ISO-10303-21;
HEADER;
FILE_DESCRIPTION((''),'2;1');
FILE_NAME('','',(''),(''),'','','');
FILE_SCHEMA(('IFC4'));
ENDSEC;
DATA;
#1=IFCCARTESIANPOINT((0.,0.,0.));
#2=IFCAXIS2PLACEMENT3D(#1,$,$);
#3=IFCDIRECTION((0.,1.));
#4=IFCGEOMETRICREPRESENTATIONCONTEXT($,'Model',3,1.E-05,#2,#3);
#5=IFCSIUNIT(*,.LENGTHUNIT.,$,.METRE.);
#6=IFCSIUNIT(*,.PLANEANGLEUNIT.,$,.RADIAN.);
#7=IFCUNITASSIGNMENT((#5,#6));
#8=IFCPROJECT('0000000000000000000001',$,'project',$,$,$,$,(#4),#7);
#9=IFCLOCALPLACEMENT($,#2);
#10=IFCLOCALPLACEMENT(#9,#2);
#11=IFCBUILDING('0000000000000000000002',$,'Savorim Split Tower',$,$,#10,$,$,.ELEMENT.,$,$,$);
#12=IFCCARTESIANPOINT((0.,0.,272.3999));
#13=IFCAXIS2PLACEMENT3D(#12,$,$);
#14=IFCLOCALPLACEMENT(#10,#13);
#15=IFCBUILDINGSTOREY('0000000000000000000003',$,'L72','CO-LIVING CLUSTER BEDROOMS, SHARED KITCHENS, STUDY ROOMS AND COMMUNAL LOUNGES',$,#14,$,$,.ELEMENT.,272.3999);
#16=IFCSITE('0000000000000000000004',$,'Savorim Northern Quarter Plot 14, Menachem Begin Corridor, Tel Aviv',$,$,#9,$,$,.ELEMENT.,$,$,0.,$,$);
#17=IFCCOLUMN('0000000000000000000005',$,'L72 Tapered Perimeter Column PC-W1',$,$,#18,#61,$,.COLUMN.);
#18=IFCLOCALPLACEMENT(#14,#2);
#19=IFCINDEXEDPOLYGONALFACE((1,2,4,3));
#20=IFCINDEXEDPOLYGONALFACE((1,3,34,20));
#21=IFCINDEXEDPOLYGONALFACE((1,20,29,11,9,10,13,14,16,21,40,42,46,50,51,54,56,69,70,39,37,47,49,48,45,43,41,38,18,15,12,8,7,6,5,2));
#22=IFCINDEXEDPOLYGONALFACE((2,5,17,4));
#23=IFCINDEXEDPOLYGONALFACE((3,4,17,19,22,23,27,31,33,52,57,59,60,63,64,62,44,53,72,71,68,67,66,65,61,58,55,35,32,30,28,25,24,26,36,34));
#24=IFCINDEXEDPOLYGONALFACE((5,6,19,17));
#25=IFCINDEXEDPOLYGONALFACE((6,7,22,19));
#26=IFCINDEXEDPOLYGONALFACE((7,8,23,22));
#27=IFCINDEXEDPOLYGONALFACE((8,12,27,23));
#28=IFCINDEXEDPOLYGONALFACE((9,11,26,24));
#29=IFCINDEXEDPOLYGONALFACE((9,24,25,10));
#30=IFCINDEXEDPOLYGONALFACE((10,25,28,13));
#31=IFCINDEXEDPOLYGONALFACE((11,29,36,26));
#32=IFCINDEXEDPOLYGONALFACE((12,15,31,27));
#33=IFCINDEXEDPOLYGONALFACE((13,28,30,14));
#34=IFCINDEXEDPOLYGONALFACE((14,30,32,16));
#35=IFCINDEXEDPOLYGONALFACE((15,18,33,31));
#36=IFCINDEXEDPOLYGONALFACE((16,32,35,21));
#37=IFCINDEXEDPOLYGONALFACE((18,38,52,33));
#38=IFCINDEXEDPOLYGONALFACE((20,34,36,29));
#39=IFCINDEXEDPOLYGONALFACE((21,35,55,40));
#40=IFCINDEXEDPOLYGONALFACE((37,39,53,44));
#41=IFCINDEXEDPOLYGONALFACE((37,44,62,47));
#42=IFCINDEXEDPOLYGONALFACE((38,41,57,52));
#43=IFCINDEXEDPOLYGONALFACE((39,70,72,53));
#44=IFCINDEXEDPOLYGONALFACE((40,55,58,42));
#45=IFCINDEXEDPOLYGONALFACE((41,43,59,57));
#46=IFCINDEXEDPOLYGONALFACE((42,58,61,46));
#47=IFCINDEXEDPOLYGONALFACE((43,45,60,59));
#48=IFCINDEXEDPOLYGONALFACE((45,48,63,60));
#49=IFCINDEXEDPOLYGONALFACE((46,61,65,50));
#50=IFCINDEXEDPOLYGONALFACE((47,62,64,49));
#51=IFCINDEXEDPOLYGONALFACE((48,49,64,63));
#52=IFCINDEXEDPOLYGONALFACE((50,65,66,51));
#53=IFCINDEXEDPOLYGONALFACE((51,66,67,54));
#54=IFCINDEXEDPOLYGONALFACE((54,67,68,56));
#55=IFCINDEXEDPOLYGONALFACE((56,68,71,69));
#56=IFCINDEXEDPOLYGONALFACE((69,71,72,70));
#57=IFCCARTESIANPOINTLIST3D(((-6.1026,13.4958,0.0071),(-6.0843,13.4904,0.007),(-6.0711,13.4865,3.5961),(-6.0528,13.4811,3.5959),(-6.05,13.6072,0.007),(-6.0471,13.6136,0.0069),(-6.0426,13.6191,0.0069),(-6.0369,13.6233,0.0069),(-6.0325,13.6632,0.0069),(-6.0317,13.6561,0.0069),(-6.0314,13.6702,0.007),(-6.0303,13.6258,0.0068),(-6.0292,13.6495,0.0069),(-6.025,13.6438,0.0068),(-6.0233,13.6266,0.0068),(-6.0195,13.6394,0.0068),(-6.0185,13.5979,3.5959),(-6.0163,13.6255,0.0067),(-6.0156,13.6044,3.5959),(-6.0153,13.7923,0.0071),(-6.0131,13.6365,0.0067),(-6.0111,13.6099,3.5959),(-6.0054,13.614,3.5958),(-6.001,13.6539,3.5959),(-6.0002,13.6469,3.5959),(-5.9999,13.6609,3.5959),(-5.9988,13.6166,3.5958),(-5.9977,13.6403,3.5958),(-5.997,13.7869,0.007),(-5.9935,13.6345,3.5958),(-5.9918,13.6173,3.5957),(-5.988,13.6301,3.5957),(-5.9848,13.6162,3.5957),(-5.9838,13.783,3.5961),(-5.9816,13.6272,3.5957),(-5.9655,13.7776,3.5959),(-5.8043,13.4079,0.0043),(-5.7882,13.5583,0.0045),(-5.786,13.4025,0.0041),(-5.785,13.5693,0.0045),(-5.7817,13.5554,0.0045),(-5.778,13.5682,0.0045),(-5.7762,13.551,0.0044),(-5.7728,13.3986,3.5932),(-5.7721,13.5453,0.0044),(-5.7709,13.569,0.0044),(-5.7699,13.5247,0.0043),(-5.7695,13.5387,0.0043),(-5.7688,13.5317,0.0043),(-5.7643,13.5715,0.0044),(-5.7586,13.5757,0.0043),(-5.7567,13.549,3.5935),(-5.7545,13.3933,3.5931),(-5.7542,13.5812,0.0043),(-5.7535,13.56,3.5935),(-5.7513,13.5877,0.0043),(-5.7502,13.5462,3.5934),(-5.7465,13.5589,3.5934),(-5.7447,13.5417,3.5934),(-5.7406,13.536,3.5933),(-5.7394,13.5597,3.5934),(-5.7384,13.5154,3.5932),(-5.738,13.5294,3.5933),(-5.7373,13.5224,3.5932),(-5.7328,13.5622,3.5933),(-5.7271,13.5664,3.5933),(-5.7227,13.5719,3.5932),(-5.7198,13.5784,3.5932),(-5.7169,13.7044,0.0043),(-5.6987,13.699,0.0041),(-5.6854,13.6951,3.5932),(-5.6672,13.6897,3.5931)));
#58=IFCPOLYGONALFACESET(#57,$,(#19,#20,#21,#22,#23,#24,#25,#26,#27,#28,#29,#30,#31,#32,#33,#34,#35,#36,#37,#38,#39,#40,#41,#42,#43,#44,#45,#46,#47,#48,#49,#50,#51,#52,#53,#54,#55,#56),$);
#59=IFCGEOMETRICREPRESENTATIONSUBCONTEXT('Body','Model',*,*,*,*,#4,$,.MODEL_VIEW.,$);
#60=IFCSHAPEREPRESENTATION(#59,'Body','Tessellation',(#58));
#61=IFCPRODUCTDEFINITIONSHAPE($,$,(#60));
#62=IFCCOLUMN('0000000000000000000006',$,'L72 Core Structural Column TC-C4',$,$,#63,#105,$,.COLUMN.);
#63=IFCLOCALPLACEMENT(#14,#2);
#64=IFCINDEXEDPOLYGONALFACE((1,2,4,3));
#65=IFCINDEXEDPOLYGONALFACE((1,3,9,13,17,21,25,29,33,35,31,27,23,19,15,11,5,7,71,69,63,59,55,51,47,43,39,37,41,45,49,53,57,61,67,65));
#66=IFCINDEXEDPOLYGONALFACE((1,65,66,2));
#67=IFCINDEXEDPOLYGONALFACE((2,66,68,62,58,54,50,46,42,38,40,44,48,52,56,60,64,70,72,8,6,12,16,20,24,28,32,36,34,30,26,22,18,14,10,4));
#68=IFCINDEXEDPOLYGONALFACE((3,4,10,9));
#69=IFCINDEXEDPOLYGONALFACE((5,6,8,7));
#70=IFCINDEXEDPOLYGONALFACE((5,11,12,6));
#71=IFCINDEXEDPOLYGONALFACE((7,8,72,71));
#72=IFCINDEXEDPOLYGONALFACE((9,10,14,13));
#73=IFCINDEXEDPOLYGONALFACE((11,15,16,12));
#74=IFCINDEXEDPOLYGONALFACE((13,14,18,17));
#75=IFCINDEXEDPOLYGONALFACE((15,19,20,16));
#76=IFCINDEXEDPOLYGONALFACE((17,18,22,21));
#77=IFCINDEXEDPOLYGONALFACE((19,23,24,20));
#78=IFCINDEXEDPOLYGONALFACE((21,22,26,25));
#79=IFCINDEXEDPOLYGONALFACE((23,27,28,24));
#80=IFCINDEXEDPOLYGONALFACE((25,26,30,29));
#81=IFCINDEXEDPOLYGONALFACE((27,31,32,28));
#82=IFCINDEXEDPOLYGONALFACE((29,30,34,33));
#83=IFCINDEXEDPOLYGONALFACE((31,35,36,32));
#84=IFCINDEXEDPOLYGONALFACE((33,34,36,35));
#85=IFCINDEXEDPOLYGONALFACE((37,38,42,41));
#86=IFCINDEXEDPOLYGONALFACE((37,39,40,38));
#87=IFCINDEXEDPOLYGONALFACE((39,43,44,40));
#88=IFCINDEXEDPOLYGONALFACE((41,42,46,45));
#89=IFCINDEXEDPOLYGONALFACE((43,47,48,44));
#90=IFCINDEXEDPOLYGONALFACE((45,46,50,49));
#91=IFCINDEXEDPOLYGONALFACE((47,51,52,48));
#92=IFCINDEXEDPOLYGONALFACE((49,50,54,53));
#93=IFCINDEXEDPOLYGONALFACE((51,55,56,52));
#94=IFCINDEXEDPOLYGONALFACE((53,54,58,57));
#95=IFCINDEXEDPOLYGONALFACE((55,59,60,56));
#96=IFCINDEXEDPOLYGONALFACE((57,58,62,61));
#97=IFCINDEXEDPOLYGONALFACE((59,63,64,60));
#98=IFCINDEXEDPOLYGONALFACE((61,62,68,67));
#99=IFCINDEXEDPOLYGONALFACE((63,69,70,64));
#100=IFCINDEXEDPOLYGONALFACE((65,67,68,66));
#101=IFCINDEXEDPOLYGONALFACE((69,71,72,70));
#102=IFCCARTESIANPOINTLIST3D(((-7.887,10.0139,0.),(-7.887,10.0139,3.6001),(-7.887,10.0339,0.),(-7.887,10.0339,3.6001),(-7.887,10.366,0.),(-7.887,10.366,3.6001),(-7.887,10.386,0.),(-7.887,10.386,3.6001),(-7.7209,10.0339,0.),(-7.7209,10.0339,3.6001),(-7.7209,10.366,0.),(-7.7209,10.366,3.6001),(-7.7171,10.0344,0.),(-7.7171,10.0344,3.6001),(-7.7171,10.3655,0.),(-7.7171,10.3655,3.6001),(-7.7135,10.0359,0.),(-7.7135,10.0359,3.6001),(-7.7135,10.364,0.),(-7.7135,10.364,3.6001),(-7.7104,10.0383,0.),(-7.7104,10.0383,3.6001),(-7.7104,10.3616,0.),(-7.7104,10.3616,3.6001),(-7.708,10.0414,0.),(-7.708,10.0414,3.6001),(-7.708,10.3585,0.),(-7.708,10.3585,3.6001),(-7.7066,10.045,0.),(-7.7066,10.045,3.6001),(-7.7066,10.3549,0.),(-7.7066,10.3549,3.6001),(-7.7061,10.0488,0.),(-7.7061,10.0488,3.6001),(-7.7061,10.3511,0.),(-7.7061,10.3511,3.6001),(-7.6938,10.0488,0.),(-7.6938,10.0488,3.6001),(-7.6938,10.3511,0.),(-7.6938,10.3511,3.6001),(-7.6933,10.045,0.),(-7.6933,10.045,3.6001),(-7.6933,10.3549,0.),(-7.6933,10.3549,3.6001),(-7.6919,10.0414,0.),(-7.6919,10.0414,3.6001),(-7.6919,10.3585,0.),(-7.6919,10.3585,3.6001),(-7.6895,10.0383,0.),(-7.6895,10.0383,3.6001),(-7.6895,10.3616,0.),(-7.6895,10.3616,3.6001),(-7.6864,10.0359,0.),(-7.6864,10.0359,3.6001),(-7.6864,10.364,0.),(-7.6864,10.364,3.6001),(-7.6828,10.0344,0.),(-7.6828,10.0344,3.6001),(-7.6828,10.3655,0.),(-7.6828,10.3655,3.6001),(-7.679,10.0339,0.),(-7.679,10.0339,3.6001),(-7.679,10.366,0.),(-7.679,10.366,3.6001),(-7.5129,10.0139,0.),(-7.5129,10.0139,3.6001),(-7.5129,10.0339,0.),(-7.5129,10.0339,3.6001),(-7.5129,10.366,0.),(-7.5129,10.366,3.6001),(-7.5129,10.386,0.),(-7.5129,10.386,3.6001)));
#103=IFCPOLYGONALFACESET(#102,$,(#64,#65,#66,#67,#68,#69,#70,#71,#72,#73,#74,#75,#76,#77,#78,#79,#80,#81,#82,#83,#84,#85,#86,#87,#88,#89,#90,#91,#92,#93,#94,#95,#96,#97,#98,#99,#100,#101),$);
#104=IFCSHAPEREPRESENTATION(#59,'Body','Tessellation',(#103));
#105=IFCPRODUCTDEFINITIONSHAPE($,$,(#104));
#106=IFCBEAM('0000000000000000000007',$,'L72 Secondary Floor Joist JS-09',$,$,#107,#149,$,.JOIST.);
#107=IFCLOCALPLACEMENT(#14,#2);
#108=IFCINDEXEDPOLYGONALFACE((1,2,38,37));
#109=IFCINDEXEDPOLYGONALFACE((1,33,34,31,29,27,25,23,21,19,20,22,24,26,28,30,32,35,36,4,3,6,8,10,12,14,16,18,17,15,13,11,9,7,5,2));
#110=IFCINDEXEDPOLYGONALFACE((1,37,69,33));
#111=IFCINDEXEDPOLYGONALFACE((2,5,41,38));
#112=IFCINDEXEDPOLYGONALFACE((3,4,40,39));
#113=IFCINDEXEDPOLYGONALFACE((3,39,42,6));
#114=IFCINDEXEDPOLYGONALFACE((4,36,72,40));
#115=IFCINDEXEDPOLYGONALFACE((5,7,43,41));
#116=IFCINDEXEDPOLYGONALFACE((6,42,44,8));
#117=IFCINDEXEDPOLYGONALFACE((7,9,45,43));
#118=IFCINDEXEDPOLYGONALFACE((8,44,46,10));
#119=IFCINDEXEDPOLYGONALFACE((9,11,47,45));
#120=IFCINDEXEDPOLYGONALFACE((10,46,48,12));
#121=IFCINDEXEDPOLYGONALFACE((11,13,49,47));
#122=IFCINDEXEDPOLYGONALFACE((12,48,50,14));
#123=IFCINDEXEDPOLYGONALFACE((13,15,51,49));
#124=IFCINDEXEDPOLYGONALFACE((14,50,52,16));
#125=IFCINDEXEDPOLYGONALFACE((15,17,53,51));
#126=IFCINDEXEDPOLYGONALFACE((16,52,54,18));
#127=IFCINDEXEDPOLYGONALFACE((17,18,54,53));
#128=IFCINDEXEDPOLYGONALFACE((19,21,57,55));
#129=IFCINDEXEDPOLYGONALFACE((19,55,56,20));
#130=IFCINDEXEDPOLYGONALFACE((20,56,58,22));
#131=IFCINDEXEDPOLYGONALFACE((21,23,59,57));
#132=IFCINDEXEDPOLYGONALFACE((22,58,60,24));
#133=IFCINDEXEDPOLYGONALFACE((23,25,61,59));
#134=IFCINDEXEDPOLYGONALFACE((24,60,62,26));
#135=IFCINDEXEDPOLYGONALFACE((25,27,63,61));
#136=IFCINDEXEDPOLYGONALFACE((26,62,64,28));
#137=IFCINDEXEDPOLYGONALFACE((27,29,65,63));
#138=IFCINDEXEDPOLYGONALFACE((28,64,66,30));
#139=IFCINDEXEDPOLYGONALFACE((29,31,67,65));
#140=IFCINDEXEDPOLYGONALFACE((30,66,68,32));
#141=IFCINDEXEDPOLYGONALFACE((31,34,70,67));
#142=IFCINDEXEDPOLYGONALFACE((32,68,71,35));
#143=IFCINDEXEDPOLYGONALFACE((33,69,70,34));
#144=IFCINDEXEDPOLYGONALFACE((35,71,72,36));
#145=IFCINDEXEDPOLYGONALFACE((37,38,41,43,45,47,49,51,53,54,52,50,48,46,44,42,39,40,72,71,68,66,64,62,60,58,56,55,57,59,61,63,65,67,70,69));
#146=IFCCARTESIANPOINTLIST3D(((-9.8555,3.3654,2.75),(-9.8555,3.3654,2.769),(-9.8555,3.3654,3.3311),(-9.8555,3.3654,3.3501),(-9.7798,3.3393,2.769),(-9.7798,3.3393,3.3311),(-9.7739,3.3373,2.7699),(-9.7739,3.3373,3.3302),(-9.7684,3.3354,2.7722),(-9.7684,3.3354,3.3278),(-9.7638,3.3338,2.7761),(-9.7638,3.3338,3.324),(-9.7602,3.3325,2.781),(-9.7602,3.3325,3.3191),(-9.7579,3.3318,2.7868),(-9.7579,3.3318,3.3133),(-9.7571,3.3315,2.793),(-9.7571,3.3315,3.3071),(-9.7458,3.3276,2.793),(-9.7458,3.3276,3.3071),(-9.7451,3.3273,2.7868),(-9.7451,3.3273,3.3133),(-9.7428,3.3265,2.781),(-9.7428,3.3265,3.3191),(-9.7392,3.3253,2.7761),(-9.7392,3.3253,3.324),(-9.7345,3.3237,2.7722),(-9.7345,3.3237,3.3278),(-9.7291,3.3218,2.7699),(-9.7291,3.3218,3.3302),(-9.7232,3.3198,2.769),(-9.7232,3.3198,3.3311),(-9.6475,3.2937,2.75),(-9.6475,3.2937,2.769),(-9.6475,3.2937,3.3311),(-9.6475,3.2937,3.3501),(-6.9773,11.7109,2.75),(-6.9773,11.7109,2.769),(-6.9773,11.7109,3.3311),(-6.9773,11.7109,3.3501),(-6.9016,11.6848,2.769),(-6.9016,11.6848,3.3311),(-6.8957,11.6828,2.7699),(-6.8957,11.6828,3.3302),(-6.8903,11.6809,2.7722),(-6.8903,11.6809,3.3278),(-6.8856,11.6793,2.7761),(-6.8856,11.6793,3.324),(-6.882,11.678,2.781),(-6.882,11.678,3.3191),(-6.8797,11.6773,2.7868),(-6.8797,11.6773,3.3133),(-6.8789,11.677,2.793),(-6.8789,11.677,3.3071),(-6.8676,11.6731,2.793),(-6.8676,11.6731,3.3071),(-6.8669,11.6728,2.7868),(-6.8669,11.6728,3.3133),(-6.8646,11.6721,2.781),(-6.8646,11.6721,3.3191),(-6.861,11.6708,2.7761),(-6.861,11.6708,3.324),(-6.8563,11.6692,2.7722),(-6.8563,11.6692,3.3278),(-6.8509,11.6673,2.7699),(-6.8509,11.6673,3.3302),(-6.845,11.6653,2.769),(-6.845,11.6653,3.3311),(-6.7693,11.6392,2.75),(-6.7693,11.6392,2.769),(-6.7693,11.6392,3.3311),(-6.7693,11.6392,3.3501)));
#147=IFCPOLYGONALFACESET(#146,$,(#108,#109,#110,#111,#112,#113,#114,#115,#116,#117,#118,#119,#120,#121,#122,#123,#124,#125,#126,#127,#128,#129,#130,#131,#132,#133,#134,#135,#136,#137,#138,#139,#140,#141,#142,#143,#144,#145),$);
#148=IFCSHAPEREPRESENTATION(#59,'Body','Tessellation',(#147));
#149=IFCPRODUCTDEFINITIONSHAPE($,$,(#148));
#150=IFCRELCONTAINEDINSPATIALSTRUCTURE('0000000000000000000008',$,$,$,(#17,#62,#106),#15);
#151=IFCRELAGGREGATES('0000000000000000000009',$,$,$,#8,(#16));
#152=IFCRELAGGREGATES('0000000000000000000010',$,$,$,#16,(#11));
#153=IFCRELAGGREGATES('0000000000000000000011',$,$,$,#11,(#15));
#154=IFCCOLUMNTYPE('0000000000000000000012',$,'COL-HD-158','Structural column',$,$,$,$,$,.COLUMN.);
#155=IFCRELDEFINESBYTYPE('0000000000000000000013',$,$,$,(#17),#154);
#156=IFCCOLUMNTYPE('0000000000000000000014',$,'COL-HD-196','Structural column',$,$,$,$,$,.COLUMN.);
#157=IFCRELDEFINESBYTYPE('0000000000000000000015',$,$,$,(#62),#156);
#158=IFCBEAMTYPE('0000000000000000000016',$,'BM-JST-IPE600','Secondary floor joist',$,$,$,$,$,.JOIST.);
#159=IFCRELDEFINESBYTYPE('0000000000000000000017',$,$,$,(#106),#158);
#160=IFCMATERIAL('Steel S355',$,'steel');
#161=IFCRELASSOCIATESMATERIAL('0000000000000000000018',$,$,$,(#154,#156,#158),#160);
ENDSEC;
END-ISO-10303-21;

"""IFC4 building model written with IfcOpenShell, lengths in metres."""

from ifc_helpers import new_model, si_unit, direction, frame, origin, origin_2d, place, context, subcontext, project, spatial, i_section, extrude, material, material_profile, profile_set, type_object, element, save


model = new_model("IFC4")

# Units and contexts
model_context = context("Model", 3, precision=1e-05, world=origin(), true_north=direction((0.0, 1.0)))
body_context = subcontext(model_context, "Body", "Model", "MODEL_VIEW")
ifc_project = project(units=[si_unit("LENGTHUNIT", "METRE"), si_unit("PLANEANGLEUNIT", "RADIAN")], contexts=[model_context])

# Site, building, storey
site_placement = place(None, origin())
site = spatial("IfcSite", under=ifc_project, at=site_placement, Name="Savorim Northern Quarter Plot 14, Menachem Begin Corridor, Tel Aviv", CompositionType="ELEMENT", RefElevation=0.0)
building_placement = place(site_placement, origin())
building = spatial("IfcBuilding", under=site, at=building_placement, Name="Savorim Split Tower", CompositionType="ELEMENT")
storey_placement = place(building_placement, frame((0.0, 0.0, 272.3999)))
storey = spatial("IfcBuildingStorey", under=building, at=storey_placement, Name="L72", Description="CO-LIVING CLUSTER BEDROOMS, SHARED KITCHENS, STUDY ROOMS AND COMMUNAL LOUNGES", CompositionType="ELEMENT", Elevation=272.3999)

# Columns
ifc_material_1 = material(Name="Steel S355", Category="steel")
ifc_material_profile_1 = material_profile(ifc_material_1, i_section(OverallWidth=0.3091, OverallDepth=0.3301, WebThickness=0.0115, FlangeThickness=0.019, FilletRadius=0.0271, at=origin_2d()), Name="HD 320x158")
ifc_profile_set_1 = profile_set([ifc_material_profile_1], Name="Steel S355")
column_type_1 = type_object("IfcColumnType", Name="COL-HD-158", Description="Structural column", PredefinedType="COLUMN", material=ifc_profile_set_1)
column_1_placement = place(storey_placement, frame((-5.9006, 13.5974, 0.0056), z_axis=(0.008775, -0.002585, 0.999958), x_axis=(0.282569, 0.959247, 0.0)))
element("IfcColumn", 1, at=column_1_placement, inside=storey, type_object=column_type_1, Name="L72 Tapered Perimeter Column PC-W1", PredefinedType="COLUMN", context=body_context, shape_type="SweptSolid", body=[
    extrude(i_section(OverallWidth=0.3091, OverallDepth=0.3301, WebThickness=0.0115, FlangeThickness=0.019, FilletRadius=0.0271, at=origin_2d()), origin(), (0.0, 0.0, 1.0), 3.5891),
])
ifc_material_profile_2 = material_profile(ifc_material_1, i_section(OverallWidth=0.374, OverallDepth=0.3721, WebThickness=0.0122, FlangeThickness=0.02, FilletRadius=0.0149, at=origin_2d()), Name="HD 360x196")
ifc_profile_set_2 = profile_set([ifc_material_profile_2], Name="Steel S355")
column_type_2 = type_object("IfcColumnType", Name="COL-HD-196", Description="Structural column", PredefinedType="COLUMN", material=ifc_profile_set_2)
column_2_placement = place(storey_placement, frame((-7.7, 10.2, 0.0), z_axis=(0.0, 0.0, 1.0), x_axis=(1.0, 0.0, 0.0)))
element("IfcColumn", 2, at=column_2_placement, inside=storey, type_object=column_type_2, Name="L72 Core Structural Column TC-C4", PredefinedType="COLUMN", context=body_context, shape_type="SweptSolid", body=[
    extrude(i_section(OverallWidth=0.374, OverallDepth=0.3721, WebThickness=0.0122, FlangeThickness=0.02, FilletRadius=0.0149, at=origin_2d()), origin(), (0.0, 0.0, 1.0), 3.6001),
])

# Beam
ifc_material_profile_3 = material_profile(ifc_material_1, i_section(OverallWidth=0.22, OverallDepth=0.6001, WebThickness=0.012, FlangeThickness=0.019, FilletRadius=0.0239, at=origin_2d()), Name="IPE 600")
ifc_profile_set_3 = profile_set([ifc_material_profile_3], Name="Steel S355")
beam_type_1 = type_object("IfcBeamType", Name="BM-JST-IPE600", Description="Secondary floor joist", PredefinedType="JOIST", material=ifc_profile_set_3)
beam_1_placement = place(storey_placement, frame((-6.8733, 11.675, 3.05), z_axis=(-0.326034, -0.945358, 0.0), x_axis=(0.945358, -0.326034, 0.0)))
element("IfcBeam", 3, at=beam_1_placement, inside=storey, type_object=beam_type_1, Name="L72 Secondary Floor Joist JS-09", PredefinedType="JOIST", context=body_context, shape_type="SweptSolid", body=[
    extrude(i_section(OverallWidth=0.22, OverallDepth=0.6001, WebThickness=0.012, FlangeThickness=0.019, FilletRadius=0.0239, at=origin_2d()), origin(), (0.0, 0.0, 1.0), 8.8279),
])

save(model, "model.ifc")
